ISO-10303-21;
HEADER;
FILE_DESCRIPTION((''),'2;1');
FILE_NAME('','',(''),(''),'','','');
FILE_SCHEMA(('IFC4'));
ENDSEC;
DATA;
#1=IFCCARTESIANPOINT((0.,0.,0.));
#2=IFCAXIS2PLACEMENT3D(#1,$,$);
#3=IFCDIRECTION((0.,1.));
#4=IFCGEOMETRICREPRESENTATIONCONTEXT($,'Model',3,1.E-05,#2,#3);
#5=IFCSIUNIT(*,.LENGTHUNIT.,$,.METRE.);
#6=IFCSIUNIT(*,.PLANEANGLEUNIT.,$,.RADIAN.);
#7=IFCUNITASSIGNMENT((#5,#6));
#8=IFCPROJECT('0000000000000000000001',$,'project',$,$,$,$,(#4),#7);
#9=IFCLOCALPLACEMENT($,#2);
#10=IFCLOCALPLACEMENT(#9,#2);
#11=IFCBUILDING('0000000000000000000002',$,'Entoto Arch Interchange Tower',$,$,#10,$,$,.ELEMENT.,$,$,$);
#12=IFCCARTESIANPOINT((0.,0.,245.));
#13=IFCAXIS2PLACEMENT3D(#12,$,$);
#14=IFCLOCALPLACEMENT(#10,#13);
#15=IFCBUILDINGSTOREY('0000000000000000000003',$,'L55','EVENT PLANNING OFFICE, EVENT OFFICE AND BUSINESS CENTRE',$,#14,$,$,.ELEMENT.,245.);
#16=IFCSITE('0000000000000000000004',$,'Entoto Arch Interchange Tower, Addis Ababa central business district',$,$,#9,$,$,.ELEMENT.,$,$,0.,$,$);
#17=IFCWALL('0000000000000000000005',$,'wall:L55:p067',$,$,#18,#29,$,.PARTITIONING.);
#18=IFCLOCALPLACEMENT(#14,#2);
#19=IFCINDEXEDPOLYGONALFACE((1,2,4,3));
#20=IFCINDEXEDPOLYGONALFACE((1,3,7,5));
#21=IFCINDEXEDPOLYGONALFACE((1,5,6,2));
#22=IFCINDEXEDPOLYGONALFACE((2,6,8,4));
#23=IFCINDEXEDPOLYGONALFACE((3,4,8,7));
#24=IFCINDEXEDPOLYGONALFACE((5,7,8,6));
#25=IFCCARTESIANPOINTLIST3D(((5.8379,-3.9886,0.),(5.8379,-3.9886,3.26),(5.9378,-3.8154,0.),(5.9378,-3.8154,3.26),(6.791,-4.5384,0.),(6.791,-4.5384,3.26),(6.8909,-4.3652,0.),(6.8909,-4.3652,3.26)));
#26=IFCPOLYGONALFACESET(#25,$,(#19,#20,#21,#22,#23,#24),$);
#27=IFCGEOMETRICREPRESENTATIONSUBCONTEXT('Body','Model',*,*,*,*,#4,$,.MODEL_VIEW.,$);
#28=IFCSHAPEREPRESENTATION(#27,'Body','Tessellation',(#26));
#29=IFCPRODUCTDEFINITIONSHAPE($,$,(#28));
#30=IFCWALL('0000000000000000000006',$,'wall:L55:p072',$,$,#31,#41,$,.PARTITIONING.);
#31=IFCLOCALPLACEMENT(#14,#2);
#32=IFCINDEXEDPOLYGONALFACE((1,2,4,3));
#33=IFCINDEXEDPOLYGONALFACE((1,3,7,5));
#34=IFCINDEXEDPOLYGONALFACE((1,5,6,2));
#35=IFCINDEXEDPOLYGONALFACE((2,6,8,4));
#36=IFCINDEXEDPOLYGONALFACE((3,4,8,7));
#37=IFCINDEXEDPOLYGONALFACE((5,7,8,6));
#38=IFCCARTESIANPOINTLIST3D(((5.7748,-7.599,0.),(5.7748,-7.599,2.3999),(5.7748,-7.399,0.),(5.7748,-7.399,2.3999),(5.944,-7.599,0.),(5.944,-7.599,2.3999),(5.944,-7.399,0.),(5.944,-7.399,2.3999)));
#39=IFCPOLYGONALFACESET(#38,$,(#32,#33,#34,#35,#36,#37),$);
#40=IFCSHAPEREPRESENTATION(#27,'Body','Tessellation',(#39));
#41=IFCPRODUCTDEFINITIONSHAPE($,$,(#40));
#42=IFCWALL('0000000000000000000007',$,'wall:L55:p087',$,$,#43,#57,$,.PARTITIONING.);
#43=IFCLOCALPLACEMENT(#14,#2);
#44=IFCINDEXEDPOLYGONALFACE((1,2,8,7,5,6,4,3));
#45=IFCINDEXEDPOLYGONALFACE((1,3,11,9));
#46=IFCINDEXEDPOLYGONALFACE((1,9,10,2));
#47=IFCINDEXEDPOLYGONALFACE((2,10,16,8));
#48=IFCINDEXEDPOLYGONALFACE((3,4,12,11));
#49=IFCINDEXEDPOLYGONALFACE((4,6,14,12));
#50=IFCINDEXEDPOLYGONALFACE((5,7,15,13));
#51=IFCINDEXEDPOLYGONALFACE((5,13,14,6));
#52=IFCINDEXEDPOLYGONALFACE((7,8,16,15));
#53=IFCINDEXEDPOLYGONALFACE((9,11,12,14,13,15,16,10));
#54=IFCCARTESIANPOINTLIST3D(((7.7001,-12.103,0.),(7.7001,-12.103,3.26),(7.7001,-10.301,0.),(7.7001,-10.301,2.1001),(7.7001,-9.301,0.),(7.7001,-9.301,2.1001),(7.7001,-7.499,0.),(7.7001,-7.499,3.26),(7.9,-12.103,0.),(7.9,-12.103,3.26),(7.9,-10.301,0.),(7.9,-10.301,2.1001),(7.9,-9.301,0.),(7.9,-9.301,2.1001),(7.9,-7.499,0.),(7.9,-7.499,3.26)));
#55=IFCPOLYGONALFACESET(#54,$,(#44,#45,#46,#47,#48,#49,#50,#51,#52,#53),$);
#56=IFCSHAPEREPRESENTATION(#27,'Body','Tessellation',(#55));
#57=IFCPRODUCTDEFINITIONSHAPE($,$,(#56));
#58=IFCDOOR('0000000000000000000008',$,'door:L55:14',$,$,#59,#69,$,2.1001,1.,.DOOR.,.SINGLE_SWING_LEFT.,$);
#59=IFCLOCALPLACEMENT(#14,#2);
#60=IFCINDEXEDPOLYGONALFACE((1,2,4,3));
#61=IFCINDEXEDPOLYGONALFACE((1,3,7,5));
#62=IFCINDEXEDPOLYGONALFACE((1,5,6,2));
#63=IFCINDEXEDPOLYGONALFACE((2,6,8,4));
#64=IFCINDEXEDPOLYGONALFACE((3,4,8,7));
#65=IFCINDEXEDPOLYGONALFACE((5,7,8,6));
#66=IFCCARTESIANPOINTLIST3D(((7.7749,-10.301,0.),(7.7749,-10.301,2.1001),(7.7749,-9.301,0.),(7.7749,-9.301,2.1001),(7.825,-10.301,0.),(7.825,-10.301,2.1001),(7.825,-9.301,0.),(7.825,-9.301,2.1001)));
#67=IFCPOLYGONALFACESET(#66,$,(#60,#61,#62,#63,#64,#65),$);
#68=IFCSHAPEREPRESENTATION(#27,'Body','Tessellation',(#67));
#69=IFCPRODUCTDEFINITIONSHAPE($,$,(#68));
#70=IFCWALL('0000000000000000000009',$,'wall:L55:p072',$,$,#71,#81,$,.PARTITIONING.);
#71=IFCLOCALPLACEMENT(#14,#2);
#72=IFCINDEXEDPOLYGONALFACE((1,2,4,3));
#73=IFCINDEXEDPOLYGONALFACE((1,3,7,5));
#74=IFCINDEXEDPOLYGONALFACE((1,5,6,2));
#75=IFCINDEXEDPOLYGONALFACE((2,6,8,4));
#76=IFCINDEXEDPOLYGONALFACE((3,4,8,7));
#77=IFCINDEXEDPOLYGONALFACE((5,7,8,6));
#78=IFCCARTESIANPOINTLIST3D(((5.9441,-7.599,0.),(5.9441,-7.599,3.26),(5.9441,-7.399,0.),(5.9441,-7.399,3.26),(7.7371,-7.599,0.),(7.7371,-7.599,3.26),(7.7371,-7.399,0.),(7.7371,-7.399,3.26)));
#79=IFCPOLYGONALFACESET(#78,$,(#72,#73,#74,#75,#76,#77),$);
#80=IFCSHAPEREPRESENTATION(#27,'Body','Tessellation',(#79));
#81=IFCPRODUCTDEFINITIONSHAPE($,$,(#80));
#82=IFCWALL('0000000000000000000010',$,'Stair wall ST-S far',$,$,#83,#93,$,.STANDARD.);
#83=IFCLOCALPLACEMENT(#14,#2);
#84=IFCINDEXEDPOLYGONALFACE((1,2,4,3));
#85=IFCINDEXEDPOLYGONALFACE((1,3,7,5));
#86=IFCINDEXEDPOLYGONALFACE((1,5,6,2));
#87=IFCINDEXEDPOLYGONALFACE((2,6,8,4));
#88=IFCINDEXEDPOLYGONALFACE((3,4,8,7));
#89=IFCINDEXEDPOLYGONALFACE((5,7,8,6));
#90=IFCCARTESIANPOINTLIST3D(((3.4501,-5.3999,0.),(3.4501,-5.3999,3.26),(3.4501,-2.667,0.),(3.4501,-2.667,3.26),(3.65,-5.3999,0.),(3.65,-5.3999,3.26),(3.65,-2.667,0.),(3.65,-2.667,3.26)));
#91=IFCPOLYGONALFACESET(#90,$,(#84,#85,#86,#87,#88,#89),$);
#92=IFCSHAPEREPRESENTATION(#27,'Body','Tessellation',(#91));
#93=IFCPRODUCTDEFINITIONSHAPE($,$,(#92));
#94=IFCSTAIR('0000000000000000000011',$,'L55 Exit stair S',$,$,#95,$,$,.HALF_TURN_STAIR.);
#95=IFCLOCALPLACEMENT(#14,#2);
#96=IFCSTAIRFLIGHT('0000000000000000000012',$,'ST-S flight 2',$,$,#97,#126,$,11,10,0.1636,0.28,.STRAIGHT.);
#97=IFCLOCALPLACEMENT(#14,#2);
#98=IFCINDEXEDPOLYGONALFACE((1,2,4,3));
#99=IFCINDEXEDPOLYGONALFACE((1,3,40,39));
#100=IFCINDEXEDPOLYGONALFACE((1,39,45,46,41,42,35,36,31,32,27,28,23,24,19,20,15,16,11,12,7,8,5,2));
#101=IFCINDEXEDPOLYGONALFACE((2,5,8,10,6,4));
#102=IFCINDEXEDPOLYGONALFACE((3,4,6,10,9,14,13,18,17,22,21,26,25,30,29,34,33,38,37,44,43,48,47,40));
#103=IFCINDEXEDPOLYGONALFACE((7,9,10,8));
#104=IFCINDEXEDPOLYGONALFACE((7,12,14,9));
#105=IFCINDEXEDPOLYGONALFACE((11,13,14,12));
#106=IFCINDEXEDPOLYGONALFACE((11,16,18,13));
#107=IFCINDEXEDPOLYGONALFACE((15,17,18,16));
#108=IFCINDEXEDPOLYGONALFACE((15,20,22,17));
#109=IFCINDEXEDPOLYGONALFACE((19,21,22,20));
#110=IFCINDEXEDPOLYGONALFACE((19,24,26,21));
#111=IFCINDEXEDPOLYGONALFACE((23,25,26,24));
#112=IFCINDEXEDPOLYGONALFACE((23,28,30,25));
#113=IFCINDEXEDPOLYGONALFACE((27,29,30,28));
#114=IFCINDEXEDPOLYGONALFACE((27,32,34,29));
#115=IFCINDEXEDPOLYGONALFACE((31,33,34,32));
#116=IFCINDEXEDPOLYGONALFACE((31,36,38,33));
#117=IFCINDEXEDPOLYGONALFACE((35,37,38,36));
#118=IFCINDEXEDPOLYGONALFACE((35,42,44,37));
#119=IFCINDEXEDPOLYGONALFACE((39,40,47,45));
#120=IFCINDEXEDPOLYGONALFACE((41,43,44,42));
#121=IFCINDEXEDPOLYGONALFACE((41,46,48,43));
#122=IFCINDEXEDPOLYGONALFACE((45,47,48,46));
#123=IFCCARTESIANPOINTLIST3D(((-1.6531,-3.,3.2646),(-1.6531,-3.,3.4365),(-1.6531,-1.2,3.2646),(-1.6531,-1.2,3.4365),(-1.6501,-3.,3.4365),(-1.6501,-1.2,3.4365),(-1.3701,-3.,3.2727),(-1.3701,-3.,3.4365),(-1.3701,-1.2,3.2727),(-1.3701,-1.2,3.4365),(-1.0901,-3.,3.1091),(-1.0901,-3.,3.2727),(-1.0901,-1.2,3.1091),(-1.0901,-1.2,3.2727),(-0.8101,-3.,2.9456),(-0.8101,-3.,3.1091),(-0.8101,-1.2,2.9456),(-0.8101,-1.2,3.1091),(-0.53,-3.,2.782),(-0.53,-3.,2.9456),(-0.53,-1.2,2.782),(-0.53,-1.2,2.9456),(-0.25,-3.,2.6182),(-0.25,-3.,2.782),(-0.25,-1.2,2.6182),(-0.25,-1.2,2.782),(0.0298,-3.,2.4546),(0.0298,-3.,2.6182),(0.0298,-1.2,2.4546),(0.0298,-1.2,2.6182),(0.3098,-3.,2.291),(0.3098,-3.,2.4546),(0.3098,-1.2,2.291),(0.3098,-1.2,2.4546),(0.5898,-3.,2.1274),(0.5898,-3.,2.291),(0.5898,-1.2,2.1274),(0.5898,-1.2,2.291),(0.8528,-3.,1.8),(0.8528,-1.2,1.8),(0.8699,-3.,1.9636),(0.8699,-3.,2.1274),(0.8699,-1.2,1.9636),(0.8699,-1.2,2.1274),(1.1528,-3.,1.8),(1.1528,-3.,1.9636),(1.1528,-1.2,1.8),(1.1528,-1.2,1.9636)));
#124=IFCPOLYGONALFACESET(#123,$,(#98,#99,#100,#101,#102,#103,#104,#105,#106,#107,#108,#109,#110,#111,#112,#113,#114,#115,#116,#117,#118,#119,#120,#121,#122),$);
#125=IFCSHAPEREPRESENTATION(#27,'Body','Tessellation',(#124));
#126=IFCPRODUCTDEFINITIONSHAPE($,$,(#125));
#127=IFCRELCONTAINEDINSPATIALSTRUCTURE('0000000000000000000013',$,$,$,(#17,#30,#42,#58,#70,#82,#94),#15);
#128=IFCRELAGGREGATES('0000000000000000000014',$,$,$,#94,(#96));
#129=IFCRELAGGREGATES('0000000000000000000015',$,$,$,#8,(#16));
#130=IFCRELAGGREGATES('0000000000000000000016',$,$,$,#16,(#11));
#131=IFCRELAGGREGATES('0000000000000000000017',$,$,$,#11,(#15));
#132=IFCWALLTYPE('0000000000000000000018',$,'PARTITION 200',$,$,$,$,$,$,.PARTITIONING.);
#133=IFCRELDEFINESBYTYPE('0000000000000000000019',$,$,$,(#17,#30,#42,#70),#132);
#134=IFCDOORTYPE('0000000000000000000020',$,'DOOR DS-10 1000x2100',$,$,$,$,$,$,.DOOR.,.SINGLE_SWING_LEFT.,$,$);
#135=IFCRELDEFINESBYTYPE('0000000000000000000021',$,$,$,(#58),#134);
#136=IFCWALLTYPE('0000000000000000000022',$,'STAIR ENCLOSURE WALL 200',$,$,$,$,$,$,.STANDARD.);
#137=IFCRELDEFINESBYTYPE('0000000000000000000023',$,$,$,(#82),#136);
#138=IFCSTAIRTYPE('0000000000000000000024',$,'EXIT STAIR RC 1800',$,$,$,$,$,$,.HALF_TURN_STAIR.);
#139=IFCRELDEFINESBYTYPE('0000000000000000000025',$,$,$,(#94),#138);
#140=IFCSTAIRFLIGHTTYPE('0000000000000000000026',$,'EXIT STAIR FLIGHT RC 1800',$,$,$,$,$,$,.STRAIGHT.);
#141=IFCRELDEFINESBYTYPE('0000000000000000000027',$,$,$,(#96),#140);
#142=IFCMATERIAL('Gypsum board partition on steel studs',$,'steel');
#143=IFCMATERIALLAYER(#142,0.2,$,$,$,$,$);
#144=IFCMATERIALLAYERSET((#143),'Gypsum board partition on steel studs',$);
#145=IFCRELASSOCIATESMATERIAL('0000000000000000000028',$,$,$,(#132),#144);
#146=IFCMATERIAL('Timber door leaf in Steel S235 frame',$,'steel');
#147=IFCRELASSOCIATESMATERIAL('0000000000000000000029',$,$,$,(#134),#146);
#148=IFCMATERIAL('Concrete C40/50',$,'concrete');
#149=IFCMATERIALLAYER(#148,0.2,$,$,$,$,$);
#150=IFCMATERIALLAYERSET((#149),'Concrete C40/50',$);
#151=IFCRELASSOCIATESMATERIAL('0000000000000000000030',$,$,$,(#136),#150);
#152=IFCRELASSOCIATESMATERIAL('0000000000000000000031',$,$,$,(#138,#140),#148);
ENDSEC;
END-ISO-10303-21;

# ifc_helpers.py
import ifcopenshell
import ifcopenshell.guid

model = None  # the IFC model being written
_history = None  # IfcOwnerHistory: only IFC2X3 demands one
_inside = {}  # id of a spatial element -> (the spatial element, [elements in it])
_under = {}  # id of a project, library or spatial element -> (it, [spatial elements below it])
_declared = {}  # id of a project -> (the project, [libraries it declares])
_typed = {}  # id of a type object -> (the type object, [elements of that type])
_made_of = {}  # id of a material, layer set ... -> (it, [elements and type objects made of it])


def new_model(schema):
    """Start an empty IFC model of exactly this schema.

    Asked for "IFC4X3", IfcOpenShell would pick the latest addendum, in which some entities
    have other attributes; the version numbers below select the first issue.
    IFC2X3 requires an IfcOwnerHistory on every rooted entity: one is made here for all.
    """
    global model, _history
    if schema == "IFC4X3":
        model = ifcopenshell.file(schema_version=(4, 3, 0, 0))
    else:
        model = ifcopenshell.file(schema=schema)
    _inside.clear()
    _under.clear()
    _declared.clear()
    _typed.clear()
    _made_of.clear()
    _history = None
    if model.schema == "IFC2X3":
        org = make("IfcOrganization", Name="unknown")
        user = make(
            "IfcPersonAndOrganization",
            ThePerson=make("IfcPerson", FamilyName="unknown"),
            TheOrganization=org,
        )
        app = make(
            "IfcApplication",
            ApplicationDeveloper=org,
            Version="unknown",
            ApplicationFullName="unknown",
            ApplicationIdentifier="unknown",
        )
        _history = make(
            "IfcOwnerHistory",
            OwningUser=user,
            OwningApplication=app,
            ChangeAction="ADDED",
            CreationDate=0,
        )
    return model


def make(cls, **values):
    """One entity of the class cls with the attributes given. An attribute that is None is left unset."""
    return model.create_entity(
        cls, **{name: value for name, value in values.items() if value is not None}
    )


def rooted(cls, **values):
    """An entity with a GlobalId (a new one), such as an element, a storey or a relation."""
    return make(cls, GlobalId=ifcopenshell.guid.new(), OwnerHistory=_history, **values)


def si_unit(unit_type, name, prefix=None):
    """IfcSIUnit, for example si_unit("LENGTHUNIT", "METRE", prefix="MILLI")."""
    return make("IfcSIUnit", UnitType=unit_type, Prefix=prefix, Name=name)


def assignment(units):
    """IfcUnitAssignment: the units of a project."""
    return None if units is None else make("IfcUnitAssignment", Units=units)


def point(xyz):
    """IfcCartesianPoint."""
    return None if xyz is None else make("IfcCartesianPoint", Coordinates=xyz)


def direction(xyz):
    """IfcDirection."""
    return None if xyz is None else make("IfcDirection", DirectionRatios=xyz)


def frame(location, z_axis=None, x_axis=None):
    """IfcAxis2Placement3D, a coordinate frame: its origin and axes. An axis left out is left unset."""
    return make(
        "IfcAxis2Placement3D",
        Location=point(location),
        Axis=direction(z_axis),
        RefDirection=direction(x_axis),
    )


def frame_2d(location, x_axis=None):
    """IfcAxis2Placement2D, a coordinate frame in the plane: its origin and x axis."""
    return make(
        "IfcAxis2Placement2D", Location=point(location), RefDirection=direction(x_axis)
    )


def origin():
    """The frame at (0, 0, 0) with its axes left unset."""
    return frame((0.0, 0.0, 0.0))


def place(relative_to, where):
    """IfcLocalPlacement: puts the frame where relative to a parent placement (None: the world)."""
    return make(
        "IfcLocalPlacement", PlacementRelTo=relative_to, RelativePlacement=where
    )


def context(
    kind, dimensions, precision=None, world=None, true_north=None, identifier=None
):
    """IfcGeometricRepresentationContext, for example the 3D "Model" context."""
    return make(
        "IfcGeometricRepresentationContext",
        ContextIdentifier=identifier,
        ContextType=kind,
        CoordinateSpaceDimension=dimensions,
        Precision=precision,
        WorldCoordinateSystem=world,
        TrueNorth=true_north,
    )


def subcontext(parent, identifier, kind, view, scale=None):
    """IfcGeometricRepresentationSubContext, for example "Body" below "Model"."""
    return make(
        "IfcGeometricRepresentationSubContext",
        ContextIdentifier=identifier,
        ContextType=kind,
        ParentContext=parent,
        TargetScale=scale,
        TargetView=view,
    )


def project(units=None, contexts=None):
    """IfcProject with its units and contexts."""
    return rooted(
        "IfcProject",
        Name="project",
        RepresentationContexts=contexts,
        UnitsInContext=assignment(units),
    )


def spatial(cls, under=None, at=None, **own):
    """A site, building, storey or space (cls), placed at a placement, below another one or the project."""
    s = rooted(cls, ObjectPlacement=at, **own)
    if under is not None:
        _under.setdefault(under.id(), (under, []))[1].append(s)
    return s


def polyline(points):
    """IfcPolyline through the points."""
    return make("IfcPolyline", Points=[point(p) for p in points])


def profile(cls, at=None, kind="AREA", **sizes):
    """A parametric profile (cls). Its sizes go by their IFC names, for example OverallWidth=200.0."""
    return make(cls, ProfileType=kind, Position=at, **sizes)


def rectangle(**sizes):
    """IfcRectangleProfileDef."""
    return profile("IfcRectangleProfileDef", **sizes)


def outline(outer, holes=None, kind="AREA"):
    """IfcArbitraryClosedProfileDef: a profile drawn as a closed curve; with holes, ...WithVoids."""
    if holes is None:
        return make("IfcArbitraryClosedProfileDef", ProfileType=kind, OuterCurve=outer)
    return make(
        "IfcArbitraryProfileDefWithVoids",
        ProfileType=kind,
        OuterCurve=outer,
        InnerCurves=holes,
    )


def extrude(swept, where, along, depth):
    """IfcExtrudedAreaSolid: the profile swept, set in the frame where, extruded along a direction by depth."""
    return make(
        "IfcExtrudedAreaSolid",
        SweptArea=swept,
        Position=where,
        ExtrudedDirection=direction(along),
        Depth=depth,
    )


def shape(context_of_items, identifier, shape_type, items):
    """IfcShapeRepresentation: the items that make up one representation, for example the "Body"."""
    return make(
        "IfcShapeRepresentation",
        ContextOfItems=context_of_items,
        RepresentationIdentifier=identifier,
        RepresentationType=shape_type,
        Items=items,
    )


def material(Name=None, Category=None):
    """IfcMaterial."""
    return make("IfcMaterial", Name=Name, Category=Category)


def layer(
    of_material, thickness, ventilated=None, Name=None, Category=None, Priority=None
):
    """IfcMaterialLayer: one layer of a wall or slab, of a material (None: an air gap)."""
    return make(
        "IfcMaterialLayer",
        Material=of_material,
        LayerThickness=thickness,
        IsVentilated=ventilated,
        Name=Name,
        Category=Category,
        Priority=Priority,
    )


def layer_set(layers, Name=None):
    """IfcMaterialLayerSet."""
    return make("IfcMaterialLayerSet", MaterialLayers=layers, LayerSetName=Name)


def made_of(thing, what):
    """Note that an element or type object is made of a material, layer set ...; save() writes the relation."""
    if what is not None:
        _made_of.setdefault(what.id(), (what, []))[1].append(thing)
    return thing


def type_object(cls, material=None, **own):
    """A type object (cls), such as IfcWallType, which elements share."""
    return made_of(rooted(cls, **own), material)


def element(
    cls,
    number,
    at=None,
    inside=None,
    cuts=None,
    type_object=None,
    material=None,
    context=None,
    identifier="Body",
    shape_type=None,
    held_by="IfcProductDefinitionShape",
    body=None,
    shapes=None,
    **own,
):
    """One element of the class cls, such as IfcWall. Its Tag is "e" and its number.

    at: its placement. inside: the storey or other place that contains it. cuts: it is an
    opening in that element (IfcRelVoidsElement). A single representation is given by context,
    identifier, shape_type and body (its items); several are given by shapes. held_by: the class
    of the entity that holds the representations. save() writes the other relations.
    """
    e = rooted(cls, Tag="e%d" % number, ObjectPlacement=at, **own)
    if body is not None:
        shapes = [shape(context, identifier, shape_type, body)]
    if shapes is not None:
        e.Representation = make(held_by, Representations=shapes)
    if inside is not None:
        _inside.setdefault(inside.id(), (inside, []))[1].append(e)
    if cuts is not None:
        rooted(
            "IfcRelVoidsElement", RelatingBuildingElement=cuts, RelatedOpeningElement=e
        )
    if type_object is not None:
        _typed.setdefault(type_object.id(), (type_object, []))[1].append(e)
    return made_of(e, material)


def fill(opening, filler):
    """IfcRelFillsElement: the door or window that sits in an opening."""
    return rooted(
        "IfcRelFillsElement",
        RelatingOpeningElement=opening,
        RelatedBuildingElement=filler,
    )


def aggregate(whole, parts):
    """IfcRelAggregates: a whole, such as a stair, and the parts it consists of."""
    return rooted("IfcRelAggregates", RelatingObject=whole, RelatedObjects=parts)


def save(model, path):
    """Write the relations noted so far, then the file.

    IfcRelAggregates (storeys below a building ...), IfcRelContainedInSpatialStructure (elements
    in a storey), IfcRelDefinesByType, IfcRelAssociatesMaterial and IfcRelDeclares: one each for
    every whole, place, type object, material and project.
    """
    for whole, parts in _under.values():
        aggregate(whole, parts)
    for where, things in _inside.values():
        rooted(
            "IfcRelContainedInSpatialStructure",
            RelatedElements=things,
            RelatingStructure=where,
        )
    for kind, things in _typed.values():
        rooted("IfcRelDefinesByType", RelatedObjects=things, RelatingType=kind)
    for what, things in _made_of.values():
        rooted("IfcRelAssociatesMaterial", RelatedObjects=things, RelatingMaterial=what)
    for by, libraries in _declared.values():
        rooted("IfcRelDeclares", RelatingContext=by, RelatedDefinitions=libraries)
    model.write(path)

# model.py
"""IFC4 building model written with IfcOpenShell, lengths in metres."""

from ifc_helpers import new_model, si_unit, direction, frame, frame_2d, origin, place, context, subcontext, project, spatial, polyline, rectangle, outline, extrude, material, layer, layer_set, type_object, element, fill, aggregate, save


model = new_model("IFC4")

# Units and contexts
model_context = context("Model", 3, precision=1e-05, world=origin(), true_north=direction((0.0, 1.0)))
body_context = subcontext(model_context, "Body", "Model", "MODEL_VIEW")
ifc_project = project(units=[si_unit("LENGTHUNIT", "METRE"), si_unit("PLANEANGLEUNIT", "RADIAN")], contexts=[model_context])

# Site, building, storey
site_placement = place(None, origin())
site = spatial("IfcSite", under=ifc_project, at=site_placement, Name="Entoto Arch Interchange Tower, Addis Ababa central business district", CompositionType="ELEMENT", RefElevation=0.0)
building_placement = place(site_placement, origin())
building = spatial("IfcBuilding", under=site, at=building_placement, Name="Entoto Arch Interchange Tower", CompositionType="ELEMENT")
storey_placement = place(building_placement, frame((0.0, 0.0, 245.0)))
storey = spatial("IfcBuildingStorey", under=building, at=storey_placement, Name="L55", Description="EVENT PLANNING OFFICE, EVENT OFFICE AND BUSINESS CENTRE", CompositionType="ELEMENT", Elevation=245.0)

# Shared definitions
ifc_material_1 = material(Name="Concrete C40/50", Category="concrete")

# Walls
ifc_material_2 = material(Name="Gypsum board partition on steel studs", Category="steel")
ifc_layer_1 = layer(ifc_material_2, 0.2)
ifc_layer_set_1 = layer_set([ifc_layer_1], Name="Gypsum board partition on steel studs")
wall_type_1 = type_object("IfcWallType", Name="PARTITION 200", PredefinedType="PARTITIONING", material=ifc_layer_set_1)
wall_1_placement = place(storey_placement, frame((6.8411, -4.4519, 0.0), z_axis=(0.0, 0.0, 1.0), x_axis=(-0.866215, 0.499671, 0.0)))
element("IfcWall", 1, at=wall_1_placement, inside=storey, type_object=wall_type_1, Name="wall:L55:p067", PredefinedType="PARTITIONING", context=body_context, shape_type="SweptSolid", body=[
    extrude(rectangle(XDim=1.1003, YDim=0.2, at=frame_2d((0.5503, 0.0))), origin(), (0.0, 0.0, 1.0), 3.26),
])
wall_2_placement = place(storey_placement, frame((5.7749, -7.499, 0.0), z_axis=(0.0, 0.0, 1.0), x_axis=(1.0, 0.0, 0.0)))
element("IfcWall", 2, at=wall_2_placement, inside=storey, type_object=wall_type_1, Name="wall:L55:p072", PredefinedType="PARTITIONING", context=body_context, shape_type="SweptSolid", body=[
    extrude(rectangle(XDim=0.1692, YDim=0.2, at=frame_2d((0.0845, 0.0))), origin(), (0.0, 0.0, 1.0), 2.3999),
])

# Wall, opening, door
wall_3_placement = place(storey_placement, frame((7.8, -7.499, 0.0), z_axis=(0.0, 0.0, 1.0), x_axis=(0.0, -1.0, 0.0)))
wall_3 = element("IfcWall", 3, at=wall_3_placement, inside=storey, type_object=wall_type_1, Name="wall:L55:p087", PredefinedType="PARTITIONING", context=body_context, shape_type="SweptSolid", body=[
    extrude(rectangle(XDim=4.604, YDim=0.2, at=frame_2d((2.302, 0.0))), origin(), (0.0, 0.0, 1.0), 3.26),
])
opening_1_placement = place(wall_3_placement, frame((1.802, 0.0, 0.0)))
opening_1 = element("IfcOpeningElement", 4, at=opening_1_placement, cuts=wall_3, PredefinedType="OPENING", context=body_context, shape_type="SweptSolid", body=[
    extrude(rectangle(XDim=1.0, YDim=2.1001, at=frame_2d((0.5, 1.05))), frame((0.0, 0.1099, 0.0), z_axis=(0.0, -1.0, 0.0), x_axis=(1.0, 0.0, 0.0)), (0.0, 0.0, 1.0), 0.22),
])
ifc_material_3 = material(Name="Timber door leaf in Steel S235 frame", Category="steel")
door_type_1 = type_object("IfcDoorType", Name="DOOR DS-10 1000x2100", OperationType="SINGLE_SWING_LEFT", PredefinedType="DOOR", material=ifc_material_3)
door_1_placement = place(opening_1_placement, origin())
door_1 = element("IfcDoor", 5, at=door_1_placement, inside=storey, type_object=door_type_1, Name="door:L55:14", OperationType="SINGLE_SWING_LEFT", OverallHeight=2.1001, OverallWidth=1.0, PredefinedType="DOOR", context=body_context, shape_type="SweptSolid", body=[
    extrude(rectangle(XDim=1.0, YDim=2.1001, at=frame_2d((0.5, 1.05))), frame((0.0, 0.0249, 0.0), z_axis=(0.0, -1.0, 0.0), x_axis=(1.0, 0.0, 0.0)), (0.0, 0.0, 1.0), 0.05),
])
fill(opening_1, door_1)

# Walls
wall_4_placement = place(storey_placement, frame((5.9441, -7.499, 0.0), z_axis=(0.0, 0.0, 1.0), x_axis=(1.0, 0.0, 0.0)))
element("IfcWall", 6, at=wall_4_placement, inside=storey, type_object=wall_type_1, Name="wall:L55:p072", PredefinedType="PARTITIONING", context=body_context, shape_type="SweptSolid", body=[
    extrude(rectangle(XDim=1.793, YDim=0.2, at=frame_2d((0.8965, 0.0))), origin(), (0.0, 0.0, 1.0), 3.26),
])
ifc_layer_2 = layer(ifc_material_1, 0.2)
ifc_layer_set_2 = layer_set([ifc_layer_2], Name="Concrete C40/50")
wall_type_2 = type_object("IfcWallType", Name="STAIR ENCLOSURE WALL 200", PredefinedType="STANDARD", material=ifc_layer_set_2)
wall_5_placement = place(storey_placement, frame((3.55, -2.667, 0.0), z_axis=(0.0, 0.0, 1.0), x_axis=(0.0, -1.0, 0.0)))
element("IfcWall", 7, at=wall_5_placement, inside=storey, type_object=wall_type_2, Name="Stair wall ST-S far", PredefinedType="STANDARD", context=body_context, shape_type="SweptSolid", body=[
    extrude(rectangle(XDim=2.7329, YDim=0.2, at=frame_2d((1.3665, 0.0))), origin(), (0.0, 0.0, 1.0), 3.26),
])

# Stair, stair flight
stair_type = type_object("IfcStairType", Name="EXIT STAIR RC 1800", PredefinedType="HALF_TURN_STAIR", material=ifc_material_1)
stair_placement = place(storey_placement, origin())
stair = element("IfcStair", 8, at=stair_placement, inside=storey, type_object=stair_type, Name="L55 Exit stair S", PredefinedType="HALF_TURN_STAIR")
stair_flight_type = type_object("IfcStairFlightType", Name="EXIT STAIR FLIGHT RC 1800", PredefinedType="STRAIGHT", material=ifc_material_1)
stair_flight_placement = place(storey_placement, frame((1.1499, -2.1001, 1.8), z_axis=(0.0, 0.0, 1.0), x_axis=(-1.0, 0.0, 0.0)))
stair_flight = element("IfcStairFlight", 9, at=stair_flight_placement, type_object=stair_flight_type, Name="ST-S flight 2", NumberOfRisers=11, NumberOfTreads=10, PredefinedType="STRAIGHT", RiserHeight=0.1636, TreadLength=0.28, context=body_context, shape_type="SweptSolid", body=[
    extrude(outline(polyline([(-0.0029, 0.0), (-0.0029, 0.1636), (0.28, 0.1636), (0.28, 0.3274), (0.5601, 0.3274), (0.5601, 0.491), (0.8401, 0.491), (0.8401, 0.6545), (1.1201, 0.6545), (1.1201, 0.8181), (1.3999, 0.8181), (1.3999, 0.9819), (1.6799, 0.9819), (1.6799, 1.1455), (1.96, 1.1455), (1.96, 1.3091), (2.24, 1.3091), (2.24, 1.4727), (2.52, 1.4727), (2.52, 1.6365), (2.8, 1.6365), (2.803, 1.6365), (2.803, 1.4646), (0.2971, 0.0), (-0.0029, 0.0)])), frame((0.0, 0.8999, 0.0), z_axis=(0.0, -1.0, 0.0), x_axis=(1.0, 0.0, 0.0)), (0.0, 0.0, 1.0), 1.8),
])
aggregate(stair, [stair_flight])

save(model, "model.ifc")
